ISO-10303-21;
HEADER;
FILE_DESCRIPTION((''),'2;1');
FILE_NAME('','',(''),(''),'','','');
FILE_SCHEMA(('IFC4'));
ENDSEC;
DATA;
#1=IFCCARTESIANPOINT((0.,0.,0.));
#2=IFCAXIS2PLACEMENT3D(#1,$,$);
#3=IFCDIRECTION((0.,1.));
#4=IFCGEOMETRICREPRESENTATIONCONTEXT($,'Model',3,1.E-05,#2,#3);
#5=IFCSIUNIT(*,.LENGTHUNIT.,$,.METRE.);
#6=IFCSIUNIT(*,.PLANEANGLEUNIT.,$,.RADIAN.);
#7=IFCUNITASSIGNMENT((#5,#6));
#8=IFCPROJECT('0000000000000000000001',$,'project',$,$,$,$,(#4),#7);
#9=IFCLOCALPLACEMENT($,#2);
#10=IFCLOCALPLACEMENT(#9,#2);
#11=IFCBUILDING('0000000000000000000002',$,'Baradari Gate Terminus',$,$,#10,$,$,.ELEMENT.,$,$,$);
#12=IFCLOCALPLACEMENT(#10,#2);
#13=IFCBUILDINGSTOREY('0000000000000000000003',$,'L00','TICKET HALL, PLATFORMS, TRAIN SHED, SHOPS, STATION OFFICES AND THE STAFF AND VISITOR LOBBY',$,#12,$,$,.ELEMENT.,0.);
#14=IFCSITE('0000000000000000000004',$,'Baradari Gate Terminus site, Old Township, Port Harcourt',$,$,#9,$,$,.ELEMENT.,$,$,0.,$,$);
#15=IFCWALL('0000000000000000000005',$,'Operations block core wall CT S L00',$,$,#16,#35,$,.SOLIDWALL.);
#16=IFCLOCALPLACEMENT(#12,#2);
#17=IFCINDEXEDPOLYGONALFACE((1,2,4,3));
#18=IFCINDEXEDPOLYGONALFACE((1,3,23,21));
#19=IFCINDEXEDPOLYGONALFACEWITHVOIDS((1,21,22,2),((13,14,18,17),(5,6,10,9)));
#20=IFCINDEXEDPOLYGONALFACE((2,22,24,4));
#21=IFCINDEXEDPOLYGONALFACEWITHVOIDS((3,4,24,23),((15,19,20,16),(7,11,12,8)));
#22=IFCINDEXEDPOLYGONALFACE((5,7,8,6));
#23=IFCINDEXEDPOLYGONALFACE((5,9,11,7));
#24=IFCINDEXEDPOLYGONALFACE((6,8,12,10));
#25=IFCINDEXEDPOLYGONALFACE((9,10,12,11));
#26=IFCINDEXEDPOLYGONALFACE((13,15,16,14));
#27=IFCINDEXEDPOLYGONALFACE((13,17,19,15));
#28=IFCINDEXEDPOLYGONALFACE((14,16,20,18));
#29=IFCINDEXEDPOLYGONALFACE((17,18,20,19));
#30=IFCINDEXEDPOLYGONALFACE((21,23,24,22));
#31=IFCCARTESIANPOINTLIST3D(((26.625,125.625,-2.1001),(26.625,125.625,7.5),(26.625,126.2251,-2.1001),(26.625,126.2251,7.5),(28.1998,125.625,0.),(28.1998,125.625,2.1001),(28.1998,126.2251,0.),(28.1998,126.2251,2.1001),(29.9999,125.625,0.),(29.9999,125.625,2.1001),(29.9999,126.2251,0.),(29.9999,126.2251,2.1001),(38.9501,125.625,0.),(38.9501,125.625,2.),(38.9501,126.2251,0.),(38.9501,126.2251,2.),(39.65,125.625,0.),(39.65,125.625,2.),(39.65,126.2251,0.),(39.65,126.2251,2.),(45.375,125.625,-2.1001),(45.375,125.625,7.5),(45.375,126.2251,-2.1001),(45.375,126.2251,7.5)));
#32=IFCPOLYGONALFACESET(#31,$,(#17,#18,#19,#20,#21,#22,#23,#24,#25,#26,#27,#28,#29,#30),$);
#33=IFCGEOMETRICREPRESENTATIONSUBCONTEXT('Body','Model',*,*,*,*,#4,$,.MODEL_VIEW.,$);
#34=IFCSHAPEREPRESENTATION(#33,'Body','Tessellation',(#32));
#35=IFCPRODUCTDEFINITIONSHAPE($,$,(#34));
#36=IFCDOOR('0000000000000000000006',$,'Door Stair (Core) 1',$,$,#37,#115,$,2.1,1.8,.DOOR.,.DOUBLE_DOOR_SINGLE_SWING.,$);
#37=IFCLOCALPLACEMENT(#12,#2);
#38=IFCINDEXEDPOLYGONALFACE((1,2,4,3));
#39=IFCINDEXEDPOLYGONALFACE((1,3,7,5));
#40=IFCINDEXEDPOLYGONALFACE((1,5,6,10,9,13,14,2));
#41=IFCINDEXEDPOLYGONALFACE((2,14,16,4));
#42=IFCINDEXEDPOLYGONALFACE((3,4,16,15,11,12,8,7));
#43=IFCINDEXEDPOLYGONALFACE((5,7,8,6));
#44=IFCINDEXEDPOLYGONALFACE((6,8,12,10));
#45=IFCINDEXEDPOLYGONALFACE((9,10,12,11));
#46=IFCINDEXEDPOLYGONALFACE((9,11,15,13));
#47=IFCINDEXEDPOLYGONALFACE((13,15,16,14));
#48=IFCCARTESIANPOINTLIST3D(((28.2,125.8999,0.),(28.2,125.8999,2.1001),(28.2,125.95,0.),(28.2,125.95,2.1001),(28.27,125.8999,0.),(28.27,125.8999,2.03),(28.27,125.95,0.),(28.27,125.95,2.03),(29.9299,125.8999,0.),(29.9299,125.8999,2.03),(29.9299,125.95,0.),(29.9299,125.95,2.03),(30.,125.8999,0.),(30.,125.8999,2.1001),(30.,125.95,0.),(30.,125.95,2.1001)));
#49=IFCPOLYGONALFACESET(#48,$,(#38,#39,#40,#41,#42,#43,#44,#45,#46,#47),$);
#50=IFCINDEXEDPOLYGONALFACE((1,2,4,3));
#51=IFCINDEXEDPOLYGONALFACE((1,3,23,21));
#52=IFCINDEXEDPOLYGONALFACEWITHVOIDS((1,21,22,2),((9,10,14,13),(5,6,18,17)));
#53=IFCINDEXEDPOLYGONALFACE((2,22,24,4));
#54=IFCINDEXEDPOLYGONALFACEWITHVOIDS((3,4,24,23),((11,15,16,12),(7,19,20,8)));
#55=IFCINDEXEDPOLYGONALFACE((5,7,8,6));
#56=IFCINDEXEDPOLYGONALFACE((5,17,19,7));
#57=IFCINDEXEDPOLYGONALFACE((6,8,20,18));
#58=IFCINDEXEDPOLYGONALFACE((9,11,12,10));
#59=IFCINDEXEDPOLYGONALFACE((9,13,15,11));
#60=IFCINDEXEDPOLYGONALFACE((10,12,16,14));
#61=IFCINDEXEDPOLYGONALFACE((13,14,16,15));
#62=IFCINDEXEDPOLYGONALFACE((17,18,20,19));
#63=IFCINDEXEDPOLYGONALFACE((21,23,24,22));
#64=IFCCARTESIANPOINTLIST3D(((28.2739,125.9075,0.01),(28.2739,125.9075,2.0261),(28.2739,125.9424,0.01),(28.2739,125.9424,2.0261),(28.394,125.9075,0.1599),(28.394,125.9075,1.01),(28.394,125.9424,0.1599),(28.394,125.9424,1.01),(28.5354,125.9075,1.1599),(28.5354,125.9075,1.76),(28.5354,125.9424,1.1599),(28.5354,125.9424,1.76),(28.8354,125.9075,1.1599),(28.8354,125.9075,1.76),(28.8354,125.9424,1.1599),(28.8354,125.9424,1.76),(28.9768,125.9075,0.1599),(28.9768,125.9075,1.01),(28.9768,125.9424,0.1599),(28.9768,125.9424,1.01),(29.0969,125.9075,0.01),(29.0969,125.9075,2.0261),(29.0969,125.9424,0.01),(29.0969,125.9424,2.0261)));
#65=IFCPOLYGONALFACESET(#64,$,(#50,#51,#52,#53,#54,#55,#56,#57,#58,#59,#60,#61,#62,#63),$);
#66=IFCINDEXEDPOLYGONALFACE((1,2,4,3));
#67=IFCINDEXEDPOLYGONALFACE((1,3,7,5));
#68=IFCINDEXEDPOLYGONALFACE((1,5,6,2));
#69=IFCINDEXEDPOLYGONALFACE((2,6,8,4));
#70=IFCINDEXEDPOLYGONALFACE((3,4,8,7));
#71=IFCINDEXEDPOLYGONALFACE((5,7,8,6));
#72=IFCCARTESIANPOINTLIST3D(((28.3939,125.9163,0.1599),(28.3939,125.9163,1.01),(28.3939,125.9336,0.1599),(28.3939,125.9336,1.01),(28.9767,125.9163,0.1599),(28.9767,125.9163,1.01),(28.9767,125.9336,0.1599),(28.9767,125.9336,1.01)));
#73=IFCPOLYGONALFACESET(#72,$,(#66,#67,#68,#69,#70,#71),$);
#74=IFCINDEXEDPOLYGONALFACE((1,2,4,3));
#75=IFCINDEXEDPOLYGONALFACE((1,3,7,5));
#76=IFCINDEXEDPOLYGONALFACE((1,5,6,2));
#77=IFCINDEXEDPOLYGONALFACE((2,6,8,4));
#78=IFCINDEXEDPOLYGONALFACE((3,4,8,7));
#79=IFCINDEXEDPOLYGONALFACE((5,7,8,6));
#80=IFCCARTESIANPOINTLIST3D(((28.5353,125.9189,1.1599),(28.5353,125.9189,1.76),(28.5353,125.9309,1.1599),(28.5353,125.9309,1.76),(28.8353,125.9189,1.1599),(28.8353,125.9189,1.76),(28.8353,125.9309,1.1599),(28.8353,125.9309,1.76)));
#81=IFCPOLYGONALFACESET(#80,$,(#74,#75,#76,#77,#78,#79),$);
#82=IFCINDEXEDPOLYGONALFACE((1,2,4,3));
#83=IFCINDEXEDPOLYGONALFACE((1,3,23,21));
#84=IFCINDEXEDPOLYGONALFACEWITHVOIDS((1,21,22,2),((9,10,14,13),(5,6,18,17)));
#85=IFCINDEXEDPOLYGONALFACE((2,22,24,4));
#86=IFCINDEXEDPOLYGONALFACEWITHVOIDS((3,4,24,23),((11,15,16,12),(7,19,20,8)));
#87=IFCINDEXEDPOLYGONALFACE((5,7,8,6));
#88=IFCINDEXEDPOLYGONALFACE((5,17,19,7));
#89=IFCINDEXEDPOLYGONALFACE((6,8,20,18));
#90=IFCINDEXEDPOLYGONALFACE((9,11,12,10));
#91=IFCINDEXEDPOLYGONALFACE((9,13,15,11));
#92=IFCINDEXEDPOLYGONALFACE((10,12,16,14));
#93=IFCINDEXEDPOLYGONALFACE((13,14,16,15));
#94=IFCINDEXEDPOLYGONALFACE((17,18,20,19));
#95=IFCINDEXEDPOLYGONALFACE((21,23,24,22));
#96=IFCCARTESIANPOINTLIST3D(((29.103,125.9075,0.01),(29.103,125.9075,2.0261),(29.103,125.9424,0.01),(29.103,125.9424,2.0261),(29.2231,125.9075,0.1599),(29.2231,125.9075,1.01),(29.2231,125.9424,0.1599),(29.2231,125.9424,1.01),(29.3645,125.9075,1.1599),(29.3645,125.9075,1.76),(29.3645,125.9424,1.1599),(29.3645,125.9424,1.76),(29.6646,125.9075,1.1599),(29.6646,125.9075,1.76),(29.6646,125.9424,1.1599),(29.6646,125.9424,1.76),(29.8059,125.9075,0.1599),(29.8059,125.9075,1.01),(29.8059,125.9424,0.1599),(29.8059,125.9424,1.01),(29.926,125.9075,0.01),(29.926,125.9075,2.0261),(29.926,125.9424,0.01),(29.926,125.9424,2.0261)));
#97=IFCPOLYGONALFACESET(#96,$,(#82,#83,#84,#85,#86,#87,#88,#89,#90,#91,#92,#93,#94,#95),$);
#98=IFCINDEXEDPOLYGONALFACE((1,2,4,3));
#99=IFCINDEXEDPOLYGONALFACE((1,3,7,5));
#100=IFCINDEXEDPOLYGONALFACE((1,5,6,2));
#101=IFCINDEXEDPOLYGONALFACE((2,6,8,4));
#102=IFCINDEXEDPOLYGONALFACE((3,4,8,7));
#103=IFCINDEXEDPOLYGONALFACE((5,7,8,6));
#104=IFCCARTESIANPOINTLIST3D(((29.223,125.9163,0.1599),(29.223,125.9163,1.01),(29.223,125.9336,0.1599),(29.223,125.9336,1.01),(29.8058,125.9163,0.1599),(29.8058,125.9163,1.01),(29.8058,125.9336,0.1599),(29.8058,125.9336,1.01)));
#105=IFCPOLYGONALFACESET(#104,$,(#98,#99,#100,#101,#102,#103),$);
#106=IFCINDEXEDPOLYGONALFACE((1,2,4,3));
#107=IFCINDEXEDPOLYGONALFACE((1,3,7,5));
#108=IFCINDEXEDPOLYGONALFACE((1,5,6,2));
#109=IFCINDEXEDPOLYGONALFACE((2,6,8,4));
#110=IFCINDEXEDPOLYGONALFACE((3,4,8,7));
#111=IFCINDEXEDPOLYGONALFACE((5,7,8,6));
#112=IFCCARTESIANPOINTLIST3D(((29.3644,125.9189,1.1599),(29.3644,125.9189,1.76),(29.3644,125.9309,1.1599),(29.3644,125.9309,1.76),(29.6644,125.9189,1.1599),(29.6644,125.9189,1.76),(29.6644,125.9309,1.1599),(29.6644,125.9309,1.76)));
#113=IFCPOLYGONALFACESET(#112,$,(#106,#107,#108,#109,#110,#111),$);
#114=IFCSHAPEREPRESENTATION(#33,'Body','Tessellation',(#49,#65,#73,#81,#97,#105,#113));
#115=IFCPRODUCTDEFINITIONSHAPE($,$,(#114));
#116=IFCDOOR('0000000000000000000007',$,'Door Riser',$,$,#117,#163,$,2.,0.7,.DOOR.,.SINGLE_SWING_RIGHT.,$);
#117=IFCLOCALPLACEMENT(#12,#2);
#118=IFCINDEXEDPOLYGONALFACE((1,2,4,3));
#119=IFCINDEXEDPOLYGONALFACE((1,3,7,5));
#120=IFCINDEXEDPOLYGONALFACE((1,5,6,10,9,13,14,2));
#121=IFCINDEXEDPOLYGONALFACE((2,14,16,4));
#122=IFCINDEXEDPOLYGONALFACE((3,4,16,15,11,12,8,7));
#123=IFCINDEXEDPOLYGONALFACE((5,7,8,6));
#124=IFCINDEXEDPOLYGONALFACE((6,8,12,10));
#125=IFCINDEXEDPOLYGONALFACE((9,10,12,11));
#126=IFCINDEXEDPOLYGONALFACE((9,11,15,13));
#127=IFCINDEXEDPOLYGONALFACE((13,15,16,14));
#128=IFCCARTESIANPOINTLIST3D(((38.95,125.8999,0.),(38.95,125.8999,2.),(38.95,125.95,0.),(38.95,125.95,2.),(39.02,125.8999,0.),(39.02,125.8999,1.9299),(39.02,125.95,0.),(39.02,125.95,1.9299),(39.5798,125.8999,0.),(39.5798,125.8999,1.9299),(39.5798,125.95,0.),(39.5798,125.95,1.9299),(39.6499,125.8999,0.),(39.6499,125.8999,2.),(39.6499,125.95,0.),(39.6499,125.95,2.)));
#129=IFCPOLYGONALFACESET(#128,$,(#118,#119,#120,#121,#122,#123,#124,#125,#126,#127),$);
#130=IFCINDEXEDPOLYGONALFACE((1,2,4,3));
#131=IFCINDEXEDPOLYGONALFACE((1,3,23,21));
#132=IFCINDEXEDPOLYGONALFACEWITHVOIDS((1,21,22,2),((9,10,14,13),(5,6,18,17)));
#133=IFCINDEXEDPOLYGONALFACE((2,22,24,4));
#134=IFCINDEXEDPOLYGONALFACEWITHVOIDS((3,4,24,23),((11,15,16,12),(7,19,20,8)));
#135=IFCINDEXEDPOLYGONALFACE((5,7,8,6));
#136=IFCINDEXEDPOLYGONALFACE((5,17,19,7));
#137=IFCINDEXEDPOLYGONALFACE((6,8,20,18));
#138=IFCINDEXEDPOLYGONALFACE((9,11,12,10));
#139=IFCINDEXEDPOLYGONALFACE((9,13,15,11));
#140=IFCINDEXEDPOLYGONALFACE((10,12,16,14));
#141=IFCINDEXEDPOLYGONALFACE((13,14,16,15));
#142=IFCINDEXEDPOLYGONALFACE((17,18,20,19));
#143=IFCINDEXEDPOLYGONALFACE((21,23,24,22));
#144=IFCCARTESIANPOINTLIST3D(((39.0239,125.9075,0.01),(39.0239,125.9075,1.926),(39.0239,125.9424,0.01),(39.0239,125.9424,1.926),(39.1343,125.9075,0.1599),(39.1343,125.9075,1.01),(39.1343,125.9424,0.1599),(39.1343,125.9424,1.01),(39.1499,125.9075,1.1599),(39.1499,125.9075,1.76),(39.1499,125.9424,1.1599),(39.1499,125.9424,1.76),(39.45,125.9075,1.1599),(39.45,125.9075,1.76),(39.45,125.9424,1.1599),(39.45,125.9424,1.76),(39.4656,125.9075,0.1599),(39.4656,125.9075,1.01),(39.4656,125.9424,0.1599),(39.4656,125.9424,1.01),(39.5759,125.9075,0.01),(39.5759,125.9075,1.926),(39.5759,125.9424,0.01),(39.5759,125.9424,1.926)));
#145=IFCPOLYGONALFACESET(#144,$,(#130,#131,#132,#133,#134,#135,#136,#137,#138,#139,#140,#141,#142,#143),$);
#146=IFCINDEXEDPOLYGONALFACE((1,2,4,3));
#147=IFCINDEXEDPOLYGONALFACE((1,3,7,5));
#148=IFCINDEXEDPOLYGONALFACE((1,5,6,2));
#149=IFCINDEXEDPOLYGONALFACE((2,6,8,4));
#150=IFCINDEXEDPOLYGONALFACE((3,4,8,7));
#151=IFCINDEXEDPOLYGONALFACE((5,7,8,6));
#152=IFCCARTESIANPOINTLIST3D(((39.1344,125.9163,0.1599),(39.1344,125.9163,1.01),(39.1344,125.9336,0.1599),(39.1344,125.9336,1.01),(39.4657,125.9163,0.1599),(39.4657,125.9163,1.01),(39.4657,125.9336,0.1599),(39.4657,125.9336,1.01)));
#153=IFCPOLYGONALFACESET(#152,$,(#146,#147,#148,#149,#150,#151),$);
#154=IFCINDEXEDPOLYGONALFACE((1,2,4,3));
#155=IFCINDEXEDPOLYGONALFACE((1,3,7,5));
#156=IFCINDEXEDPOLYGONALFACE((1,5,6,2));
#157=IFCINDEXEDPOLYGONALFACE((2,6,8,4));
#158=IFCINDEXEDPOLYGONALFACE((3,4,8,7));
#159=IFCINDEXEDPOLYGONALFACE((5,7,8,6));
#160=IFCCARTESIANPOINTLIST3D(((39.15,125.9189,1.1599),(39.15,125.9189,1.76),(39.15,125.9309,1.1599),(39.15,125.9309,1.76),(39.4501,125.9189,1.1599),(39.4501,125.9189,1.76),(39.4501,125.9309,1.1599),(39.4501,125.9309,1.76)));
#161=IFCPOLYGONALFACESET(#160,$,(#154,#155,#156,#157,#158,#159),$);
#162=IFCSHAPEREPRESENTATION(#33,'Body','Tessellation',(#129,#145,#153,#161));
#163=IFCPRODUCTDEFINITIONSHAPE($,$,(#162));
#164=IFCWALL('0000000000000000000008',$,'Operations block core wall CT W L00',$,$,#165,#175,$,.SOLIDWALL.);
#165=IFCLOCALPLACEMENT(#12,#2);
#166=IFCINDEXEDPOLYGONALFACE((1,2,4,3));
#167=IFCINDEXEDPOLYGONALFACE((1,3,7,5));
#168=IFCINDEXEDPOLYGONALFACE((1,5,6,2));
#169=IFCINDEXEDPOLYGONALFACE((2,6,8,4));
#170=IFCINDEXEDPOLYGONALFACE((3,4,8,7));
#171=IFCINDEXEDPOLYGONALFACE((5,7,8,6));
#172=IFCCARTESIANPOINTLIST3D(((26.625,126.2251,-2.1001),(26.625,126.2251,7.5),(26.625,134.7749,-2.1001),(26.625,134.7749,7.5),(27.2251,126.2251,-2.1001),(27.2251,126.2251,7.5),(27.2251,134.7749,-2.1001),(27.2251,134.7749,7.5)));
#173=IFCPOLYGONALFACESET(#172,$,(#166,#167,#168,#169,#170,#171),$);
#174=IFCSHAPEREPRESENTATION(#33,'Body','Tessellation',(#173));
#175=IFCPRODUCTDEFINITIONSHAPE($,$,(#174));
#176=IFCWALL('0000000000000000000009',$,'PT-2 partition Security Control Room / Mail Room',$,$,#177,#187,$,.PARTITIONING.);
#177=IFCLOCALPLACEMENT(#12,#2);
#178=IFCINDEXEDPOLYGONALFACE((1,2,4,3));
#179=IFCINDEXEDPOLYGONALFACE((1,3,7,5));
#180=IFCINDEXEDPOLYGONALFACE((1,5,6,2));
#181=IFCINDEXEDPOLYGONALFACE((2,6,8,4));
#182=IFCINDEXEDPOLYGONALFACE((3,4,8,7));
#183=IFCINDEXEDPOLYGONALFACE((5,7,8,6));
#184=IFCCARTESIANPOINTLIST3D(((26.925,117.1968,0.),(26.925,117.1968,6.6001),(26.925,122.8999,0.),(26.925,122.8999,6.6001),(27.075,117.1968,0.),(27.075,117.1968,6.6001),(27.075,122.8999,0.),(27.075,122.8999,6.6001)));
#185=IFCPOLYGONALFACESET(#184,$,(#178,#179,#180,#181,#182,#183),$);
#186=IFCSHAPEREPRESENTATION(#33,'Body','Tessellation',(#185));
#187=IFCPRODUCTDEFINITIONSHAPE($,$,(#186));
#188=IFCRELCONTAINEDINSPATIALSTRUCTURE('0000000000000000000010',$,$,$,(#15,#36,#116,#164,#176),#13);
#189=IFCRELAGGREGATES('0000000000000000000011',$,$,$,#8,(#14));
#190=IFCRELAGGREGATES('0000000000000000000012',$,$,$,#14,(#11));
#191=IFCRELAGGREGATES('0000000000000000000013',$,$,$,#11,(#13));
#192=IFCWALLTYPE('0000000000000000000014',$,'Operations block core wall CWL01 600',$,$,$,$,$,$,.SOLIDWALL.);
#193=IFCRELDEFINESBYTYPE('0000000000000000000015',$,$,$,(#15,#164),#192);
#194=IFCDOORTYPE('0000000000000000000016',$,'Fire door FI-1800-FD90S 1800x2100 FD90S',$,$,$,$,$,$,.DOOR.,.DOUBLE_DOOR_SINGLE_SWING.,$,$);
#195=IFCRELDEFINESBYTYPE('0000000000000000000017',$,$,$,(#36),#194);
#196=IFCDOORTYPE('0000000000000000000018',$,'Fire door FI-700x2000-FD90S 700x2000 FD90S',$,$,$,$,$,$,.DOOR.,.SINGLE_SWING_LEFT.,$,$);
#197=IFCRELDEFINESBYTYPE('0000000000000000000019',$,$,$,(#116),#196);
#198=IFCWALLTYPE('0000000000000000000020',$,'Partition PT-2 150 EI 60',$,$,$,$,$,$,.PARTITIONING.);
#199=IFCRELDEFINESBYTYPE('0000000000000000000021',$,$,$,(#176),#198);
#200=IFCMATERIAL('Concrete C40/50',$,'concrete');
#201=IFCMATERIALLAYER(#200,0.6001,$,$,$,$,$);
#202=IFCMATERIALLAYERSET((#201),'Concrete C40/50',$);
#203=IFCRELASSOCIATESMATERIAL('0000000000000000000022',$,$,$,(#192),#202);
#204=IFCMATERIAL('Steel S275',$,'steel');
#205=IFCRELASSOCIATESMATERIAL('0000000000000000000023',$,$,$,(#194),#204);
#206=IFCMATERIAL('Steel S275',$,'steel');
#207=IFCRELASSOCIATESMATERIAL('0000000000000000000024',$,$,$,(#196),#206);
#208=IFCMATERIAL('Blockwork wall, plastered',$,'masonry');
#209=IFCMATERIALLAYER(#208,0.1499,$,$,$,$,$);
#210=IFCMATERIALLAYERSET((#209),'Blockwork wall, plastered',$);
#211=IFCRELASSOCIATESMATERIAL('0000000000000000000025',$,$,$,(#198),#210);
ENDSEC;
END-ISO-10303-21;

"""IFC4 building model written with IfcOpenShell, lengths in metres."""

from ifc_helpers import new_model, si_unit, direction, frame, frame_2d, origin, place, context, subcontext, project, spatial, polyline, rectangle, outline, extrude, material, layer, layer_set, type_object, element, fill, save


model = new_model("IFC4")

# Units and contexts
model_context = context("Model", 3, precision=1e-05, world=origin(), true_north=direction((0.0, 1.0)))
body_context = subcontext(model_context, "Body", "Model", "MODEL_VIEW")
ifc_project = project(units=[si_unit("LENGTHUNIT", "METRE"), si_unit("PLANEANGLEUNIT", "RADIAN")], contexts=[model_context])

# Site, building, storey
site_placement = place(None, origin())
site = spatial("IfcSite", under=ifc_project, at=site_placement, Name="Baradari Gate Terminus site, Old Township, Port Harcourt", CompositionType="ELEMENT", RefElevation=0.0)
building_placement = place(site_placement, origin())
building = spatial("IfcBuilding", under=site, at=building_placement, Name="Baradari Gate Terminus", CompositionType="ELEMENT")
storey_placement = place(building_placement, origin())
storey = spatial("IfcBuildingStorey", under=building, at=storey_placement, Name="L00", Description="TICKET HALL, PLATFORMS, TRAIN SHED, SHOPS, STATION OFFICES AND THE STAFF AND VISITOR LOBBY", CompositionType="ELEMENT", Elevation=0.0)

# Wall, openings, doors
ifc_material_1 = material(Name="Concrete C40/50", Category="concrete")
ifc_layer_1 = layer(ifc_material_1, 0.6001)
ifc_layer_set_1 = layer_set([ifc_layer_1], Name="Concrete C40/50")
wall_type_1 = type_object("IfcWallType", Name="Operations block core wall CWL01 600", PredefinedType="SOLIDWALL", material=ifc_layer_set_1)
wall_1_placement = place(storey_placement, frame((26.625, 125.925, -2.1001), z_axis=(0.0, 0.0, 1.0), x_axis=(1.0, 0.0, 0.0)))
wall_1 = element("IfcWall", 1, at=wall_1_placement, inside=storey, type_object=wall_type_1, Name="Operations block core wall CT S L00", PredefinedType="SOLIDWALL", context=body_context, shape_type="SweptSolid", body=[
    extrude(rectangle(XDim=18.75, YDim=0.6001, at=frame_2d((9.375, 0.0))), origin(), (0.0, 0.0, 1.0), 9.6001),
])
opening_1_placement = place(wall_1_placement, frame((1.575, 0.0, 2.1001)))
opening_1 = element("IfcOpeningElement", 2, at=opening_1_placement, cuts=wall_1, PredefinedType="OPENING", context=body_context, shape_type="SweptSolid", body=[
    extrude(rectangle(XDim=1.8, YDim=2.1001, at=frame_2d((0.8999, 1.05))), frame((0.0, 0.3101, 0.0), z_axis=(0.0, -1.0, 0.0), x_axis=(1.0, 0.0, 0.0)), (0.0, 0.0, 1.0), 0.6201),
])
opening_2_placement = place(wall_1_placement, frame((12.325, 0.0, 2.1001)))
opening_2 = element("IfcOpeningElement", 3, at=opening_2_placement, cuts=wall_1, PredefinedType="OPENING", context=body_context, shape_type="SweptSolid", body=[
    extrude(rectangle(XDim=0.7, YDim=2.0, at=frame_2d((0.3501, 1.0))), frame((0.0, 0.3101, 0.0), z_axis=(0.0, -1.0, 0.0), x_axis=(1.0, 0.0, 0.0)), (0.0, 0.0, 1.0), 0.6201),
])
ifc_material_2 = material(Name="Steel S275", Category="steel")
door_type_1 = type_object("IfcDoorType", Name="Fire door FI-1800-FD90S 1800x2100 FD90S", OperationType="DOUBLE_DOOR_SINGLE_SWING", PredefinedType="DOOR", material=ifc_material_2)
door_1_placement = place(opening_1_placement, origin())
door_1 = element("IfcDoor", 4, at=door_1_placement, inside=storey, type_object=door_type_1, Name="Door Stair (Core) 1", OperationType="DOUBLE_DOOR_SINGLE_SWING", OverallHeight=2.1, OverallWidth=1.8, PredefinedType="DOOR", context=body_context, shape_type="SweptSolid", body=[
    extrude(outline(polyline([(0.0, 0.0), (0.0701, 0.0), (0.0701, 2.03), (1.73, 2.03), (1.73, 0.0), (1.8, 0.0), (1.8, 2.1001), (0.0, 2.1001), (0.0, 0.0)])), frame((0.0, 0.0249, 0.0), z_axis=(0.0, -1.0, 0.0), x_axis=(1.0, 0.0, 0.0)), (0.0, 0.0, 1.0), 0.05),
    extrude(outline(polyline([(0.074, 0.01), (0.897, 0.01), (0.897, 2.0261), (0.074, 2.0261), (0.074, 0.01)]), holes=[polyline([(0.1941, 0.1599), (0.7769, 0.1599), (0.7769, 1.01), (0.1941, 1.01), (0.1941, 0.1599)]), polyline([(0.3354, 1.1599), (0.6355, 1.1599), (0.6355, 1.76), (0.3354, 1.76), (0.3354, 1.1599)])]), frame((0.0, 0.0173, 0.0), z_axis=(0.0, -1.0, 0.0), x_axis=(1.0, 0.0, 0.0)), (0.0, 0.0, 1.0), 0.0349),
    extrude(rectangle(XDim=0.5828, YDim=0.8501, at=frame_2d((0.4854, 0.585))), frame((0.0, 0.0085, 0.0), z_axis=(0.0, -1.0, 0.0), x_axis=(1.0, 0.0, 0.0)), (0.0, 0.0, 1.0), 0.0173),
    extrude(rectangle(XDim=0.3, YDim=0.6001, at=frame_2d((0.4854, 1.46))), frame((0.0, 0.0059, 0.0), z_axis=(0.0, -1.0, 0.0), x_axis=(1.0, 0.0, 0.0)), (0.0, 0.0, 1.0), 0.012),
    extrude(outline(polyline([(0.9031, 0.01), (1.7261, 0.01), (1.7261, 2.0261), (0.9031, 2.0261), (0.9031, 0.01)]), holes=[polyline([(1.0232, 0.1599), (1.606, 0.1599), (1.606, 1.01), (1.0232, 1.01), (1.0232, 0.1599)]), polyline([(1.1646, 1.1599), (1.4646, 1.1599), (1.4646, 1.76), (1.1646, 1.76), (1.1646, 1.1599)])]), frame((0.0, 0.0173, 0.0), z_axis=(0.0, -1.0, 0.0), x_axis=(1.0, 0.0, 0.0)), (0.0, 0.0, 1.0), 0.0349),
    extrude(rectangle(XDim=0.5828, YDim=0.8501, at=frame_2d((1.3145, 0.585))), frame((0.0, 0.0085, 0.0), z_axis=(0.0, -1.0, 0.0), x_axis=(1.0, 0.0, 0.0)), (0.0, 0.0, 1.0), 0.0173),
    extrude(rectangle(XDim=0.3, YDim=0.6001, at=frame_2d((1.3145, 1.46))), frame((0.0, 0.0059, 0.0), z_axis=(0.0, -1.0, 0.0), x_axis=(1.0, 0.0, 0.0)), (0.0, 0.0, 1.0), 0.012),
])
fill(opening_1, door_1)
ifc_material_3 = material(Name="Steel S275", Category="steel")
door_type_2 = type_object("IfcDoorType", Name="Fire door FI-700x2000-FD90S 700x2000 FD90S", OperationType="SINGLE_SWING_LEFT", PredefinedType="DOOR", material=ifc_material_3)
door_2_placement = place(opening_2_placement, origin())
door_2 = element("IfcDoor", 5, at=door_2_placement, inside=storey, type_object=door_type_2, Name="Door Riser", OperationType="SINGLE_SWING_RIGHT", OverallHeight=2.0, OverallWidth=0.7, PredefinedType="DOOR", context=body_context, shape_type="SweptSolid", body=[
    extrude(outline(polyline([(0.0, 0.0), (0.0701, 0.0), (0.0701, 1.9299), (0.6299, 1.9299), (0.6299, 0.0), (0.7, 0.0), (0.7, 2.0), (0.0, 2.0), (0.0, 0.0)])), frame((0.0, 0.0249, 0.0), z_axis=(0.0, -1.0, 0.0), x_axis=(1.0, 0.0, 0.0)), (0.0, 0.0, 1.0), 0.05),
    extrude(outline(polyline([(0.074, 0.01), (0.626, 0.01), (0.626, 1.926), (0.074, 1.926), (0.074, 0.01)]), holes=[polyline([(0.1843, 0.1599), (0.5156, 0.1599), (0.5156, 1.01), (0.1843, 1.01), (0.1843, 0.1599)]), polyline([(0.2, 1.1599), (0.5, 1.1599), (0.5, 1.76), (0.2, 1.76), (0.2, 1.1599)])]), frame((0.0, 0.0173, 0.0), z_axis=(0.0, -1.0, 0.0), x_axis=(1.0, 0.0, 0.0)), (0.0, 0.0, 1.0), 0.0349),
    extrude(rectangle(XDim=0.3313, YDim=0.8501, at=frame_2d((0.3501, 0.585))), frame((0.0, 0.0085, 0.0), z_axis=(0.0, -1.0, 0.0), x_axis=(1.0, 0.0, 0.0)), (0.0, 0.0, 1.0), 0.0173),
    extrude(rectangle(XDim=0.3, YDim=0.6001, at=frame_2d((0.3501, 1.46))), frame((0.0, 0.0059, 0.0), z_axis=(0.0, -1.0, 0.0), x_axis=(1.0, 0.0, 0.0)), (0.0, 0.0, 1.0), 0.012),
])
fill(opening_2, door_2)

# Walls
wall_2_placement = place(storey_placement, frame((26.925, 126.2251, -2.1001), z_axis=(0.0, 0.0, 1.0), x_axis=(0.0, 1.0, 0.0)))
element("IfcWall", 6, at=wall_2_placement, inside=storey, type_object=wall_type_1, Name="Operations block core wall CT W L00", PredefinedType="SOLIDWALL", context=body_context, shape_type="SweptSolid", body=[
    extrude(rectangle(XDim=8.5498, YDim=0.6001, at=frame_2d((4.2749, 0.0))), origin(), (0.0, 0.0, 1.0), 9.6001),
])
ifc_material_4 = material(Name="Blockwork wall, plastered", Category="masonry")
ifc_layer_2 = layer(ifc_material_4, 0.1499)
ifc_layer_set_2 = layer_set([ifc_layer_2], Name="Blockwork wall, plastered")
wall_type_2 = type_object("IfcWallType", Name="Partition PT-2 150 EI 60", PredefinedType="PARTITIONING", material=ifc_layer_set_2)
wall_3_placement = place(storey_placement, frame((27.0, 122.8999, 0.0), z_axis=(0.0, 0.0, 1.0), x_axis=(0.0, -1.0, 0.0)))
element("IfcWall", 7, at=wall_3_placement, inside=storey, type_object=wall_type_2, Name="PT-2 partition Security Control Room / Mail Room", PredefinedType="PARTITIONING", context=body_context, shape_type="SweptSolid", body=[
    extrude(rectangle(XDim=5.7031, YDim=0.1499, at=frame_2d((2.8516, 0.0))), origin(), (0.0, 0.0, 1.0), 6.6001),
])

save(model, "model.ifc")
